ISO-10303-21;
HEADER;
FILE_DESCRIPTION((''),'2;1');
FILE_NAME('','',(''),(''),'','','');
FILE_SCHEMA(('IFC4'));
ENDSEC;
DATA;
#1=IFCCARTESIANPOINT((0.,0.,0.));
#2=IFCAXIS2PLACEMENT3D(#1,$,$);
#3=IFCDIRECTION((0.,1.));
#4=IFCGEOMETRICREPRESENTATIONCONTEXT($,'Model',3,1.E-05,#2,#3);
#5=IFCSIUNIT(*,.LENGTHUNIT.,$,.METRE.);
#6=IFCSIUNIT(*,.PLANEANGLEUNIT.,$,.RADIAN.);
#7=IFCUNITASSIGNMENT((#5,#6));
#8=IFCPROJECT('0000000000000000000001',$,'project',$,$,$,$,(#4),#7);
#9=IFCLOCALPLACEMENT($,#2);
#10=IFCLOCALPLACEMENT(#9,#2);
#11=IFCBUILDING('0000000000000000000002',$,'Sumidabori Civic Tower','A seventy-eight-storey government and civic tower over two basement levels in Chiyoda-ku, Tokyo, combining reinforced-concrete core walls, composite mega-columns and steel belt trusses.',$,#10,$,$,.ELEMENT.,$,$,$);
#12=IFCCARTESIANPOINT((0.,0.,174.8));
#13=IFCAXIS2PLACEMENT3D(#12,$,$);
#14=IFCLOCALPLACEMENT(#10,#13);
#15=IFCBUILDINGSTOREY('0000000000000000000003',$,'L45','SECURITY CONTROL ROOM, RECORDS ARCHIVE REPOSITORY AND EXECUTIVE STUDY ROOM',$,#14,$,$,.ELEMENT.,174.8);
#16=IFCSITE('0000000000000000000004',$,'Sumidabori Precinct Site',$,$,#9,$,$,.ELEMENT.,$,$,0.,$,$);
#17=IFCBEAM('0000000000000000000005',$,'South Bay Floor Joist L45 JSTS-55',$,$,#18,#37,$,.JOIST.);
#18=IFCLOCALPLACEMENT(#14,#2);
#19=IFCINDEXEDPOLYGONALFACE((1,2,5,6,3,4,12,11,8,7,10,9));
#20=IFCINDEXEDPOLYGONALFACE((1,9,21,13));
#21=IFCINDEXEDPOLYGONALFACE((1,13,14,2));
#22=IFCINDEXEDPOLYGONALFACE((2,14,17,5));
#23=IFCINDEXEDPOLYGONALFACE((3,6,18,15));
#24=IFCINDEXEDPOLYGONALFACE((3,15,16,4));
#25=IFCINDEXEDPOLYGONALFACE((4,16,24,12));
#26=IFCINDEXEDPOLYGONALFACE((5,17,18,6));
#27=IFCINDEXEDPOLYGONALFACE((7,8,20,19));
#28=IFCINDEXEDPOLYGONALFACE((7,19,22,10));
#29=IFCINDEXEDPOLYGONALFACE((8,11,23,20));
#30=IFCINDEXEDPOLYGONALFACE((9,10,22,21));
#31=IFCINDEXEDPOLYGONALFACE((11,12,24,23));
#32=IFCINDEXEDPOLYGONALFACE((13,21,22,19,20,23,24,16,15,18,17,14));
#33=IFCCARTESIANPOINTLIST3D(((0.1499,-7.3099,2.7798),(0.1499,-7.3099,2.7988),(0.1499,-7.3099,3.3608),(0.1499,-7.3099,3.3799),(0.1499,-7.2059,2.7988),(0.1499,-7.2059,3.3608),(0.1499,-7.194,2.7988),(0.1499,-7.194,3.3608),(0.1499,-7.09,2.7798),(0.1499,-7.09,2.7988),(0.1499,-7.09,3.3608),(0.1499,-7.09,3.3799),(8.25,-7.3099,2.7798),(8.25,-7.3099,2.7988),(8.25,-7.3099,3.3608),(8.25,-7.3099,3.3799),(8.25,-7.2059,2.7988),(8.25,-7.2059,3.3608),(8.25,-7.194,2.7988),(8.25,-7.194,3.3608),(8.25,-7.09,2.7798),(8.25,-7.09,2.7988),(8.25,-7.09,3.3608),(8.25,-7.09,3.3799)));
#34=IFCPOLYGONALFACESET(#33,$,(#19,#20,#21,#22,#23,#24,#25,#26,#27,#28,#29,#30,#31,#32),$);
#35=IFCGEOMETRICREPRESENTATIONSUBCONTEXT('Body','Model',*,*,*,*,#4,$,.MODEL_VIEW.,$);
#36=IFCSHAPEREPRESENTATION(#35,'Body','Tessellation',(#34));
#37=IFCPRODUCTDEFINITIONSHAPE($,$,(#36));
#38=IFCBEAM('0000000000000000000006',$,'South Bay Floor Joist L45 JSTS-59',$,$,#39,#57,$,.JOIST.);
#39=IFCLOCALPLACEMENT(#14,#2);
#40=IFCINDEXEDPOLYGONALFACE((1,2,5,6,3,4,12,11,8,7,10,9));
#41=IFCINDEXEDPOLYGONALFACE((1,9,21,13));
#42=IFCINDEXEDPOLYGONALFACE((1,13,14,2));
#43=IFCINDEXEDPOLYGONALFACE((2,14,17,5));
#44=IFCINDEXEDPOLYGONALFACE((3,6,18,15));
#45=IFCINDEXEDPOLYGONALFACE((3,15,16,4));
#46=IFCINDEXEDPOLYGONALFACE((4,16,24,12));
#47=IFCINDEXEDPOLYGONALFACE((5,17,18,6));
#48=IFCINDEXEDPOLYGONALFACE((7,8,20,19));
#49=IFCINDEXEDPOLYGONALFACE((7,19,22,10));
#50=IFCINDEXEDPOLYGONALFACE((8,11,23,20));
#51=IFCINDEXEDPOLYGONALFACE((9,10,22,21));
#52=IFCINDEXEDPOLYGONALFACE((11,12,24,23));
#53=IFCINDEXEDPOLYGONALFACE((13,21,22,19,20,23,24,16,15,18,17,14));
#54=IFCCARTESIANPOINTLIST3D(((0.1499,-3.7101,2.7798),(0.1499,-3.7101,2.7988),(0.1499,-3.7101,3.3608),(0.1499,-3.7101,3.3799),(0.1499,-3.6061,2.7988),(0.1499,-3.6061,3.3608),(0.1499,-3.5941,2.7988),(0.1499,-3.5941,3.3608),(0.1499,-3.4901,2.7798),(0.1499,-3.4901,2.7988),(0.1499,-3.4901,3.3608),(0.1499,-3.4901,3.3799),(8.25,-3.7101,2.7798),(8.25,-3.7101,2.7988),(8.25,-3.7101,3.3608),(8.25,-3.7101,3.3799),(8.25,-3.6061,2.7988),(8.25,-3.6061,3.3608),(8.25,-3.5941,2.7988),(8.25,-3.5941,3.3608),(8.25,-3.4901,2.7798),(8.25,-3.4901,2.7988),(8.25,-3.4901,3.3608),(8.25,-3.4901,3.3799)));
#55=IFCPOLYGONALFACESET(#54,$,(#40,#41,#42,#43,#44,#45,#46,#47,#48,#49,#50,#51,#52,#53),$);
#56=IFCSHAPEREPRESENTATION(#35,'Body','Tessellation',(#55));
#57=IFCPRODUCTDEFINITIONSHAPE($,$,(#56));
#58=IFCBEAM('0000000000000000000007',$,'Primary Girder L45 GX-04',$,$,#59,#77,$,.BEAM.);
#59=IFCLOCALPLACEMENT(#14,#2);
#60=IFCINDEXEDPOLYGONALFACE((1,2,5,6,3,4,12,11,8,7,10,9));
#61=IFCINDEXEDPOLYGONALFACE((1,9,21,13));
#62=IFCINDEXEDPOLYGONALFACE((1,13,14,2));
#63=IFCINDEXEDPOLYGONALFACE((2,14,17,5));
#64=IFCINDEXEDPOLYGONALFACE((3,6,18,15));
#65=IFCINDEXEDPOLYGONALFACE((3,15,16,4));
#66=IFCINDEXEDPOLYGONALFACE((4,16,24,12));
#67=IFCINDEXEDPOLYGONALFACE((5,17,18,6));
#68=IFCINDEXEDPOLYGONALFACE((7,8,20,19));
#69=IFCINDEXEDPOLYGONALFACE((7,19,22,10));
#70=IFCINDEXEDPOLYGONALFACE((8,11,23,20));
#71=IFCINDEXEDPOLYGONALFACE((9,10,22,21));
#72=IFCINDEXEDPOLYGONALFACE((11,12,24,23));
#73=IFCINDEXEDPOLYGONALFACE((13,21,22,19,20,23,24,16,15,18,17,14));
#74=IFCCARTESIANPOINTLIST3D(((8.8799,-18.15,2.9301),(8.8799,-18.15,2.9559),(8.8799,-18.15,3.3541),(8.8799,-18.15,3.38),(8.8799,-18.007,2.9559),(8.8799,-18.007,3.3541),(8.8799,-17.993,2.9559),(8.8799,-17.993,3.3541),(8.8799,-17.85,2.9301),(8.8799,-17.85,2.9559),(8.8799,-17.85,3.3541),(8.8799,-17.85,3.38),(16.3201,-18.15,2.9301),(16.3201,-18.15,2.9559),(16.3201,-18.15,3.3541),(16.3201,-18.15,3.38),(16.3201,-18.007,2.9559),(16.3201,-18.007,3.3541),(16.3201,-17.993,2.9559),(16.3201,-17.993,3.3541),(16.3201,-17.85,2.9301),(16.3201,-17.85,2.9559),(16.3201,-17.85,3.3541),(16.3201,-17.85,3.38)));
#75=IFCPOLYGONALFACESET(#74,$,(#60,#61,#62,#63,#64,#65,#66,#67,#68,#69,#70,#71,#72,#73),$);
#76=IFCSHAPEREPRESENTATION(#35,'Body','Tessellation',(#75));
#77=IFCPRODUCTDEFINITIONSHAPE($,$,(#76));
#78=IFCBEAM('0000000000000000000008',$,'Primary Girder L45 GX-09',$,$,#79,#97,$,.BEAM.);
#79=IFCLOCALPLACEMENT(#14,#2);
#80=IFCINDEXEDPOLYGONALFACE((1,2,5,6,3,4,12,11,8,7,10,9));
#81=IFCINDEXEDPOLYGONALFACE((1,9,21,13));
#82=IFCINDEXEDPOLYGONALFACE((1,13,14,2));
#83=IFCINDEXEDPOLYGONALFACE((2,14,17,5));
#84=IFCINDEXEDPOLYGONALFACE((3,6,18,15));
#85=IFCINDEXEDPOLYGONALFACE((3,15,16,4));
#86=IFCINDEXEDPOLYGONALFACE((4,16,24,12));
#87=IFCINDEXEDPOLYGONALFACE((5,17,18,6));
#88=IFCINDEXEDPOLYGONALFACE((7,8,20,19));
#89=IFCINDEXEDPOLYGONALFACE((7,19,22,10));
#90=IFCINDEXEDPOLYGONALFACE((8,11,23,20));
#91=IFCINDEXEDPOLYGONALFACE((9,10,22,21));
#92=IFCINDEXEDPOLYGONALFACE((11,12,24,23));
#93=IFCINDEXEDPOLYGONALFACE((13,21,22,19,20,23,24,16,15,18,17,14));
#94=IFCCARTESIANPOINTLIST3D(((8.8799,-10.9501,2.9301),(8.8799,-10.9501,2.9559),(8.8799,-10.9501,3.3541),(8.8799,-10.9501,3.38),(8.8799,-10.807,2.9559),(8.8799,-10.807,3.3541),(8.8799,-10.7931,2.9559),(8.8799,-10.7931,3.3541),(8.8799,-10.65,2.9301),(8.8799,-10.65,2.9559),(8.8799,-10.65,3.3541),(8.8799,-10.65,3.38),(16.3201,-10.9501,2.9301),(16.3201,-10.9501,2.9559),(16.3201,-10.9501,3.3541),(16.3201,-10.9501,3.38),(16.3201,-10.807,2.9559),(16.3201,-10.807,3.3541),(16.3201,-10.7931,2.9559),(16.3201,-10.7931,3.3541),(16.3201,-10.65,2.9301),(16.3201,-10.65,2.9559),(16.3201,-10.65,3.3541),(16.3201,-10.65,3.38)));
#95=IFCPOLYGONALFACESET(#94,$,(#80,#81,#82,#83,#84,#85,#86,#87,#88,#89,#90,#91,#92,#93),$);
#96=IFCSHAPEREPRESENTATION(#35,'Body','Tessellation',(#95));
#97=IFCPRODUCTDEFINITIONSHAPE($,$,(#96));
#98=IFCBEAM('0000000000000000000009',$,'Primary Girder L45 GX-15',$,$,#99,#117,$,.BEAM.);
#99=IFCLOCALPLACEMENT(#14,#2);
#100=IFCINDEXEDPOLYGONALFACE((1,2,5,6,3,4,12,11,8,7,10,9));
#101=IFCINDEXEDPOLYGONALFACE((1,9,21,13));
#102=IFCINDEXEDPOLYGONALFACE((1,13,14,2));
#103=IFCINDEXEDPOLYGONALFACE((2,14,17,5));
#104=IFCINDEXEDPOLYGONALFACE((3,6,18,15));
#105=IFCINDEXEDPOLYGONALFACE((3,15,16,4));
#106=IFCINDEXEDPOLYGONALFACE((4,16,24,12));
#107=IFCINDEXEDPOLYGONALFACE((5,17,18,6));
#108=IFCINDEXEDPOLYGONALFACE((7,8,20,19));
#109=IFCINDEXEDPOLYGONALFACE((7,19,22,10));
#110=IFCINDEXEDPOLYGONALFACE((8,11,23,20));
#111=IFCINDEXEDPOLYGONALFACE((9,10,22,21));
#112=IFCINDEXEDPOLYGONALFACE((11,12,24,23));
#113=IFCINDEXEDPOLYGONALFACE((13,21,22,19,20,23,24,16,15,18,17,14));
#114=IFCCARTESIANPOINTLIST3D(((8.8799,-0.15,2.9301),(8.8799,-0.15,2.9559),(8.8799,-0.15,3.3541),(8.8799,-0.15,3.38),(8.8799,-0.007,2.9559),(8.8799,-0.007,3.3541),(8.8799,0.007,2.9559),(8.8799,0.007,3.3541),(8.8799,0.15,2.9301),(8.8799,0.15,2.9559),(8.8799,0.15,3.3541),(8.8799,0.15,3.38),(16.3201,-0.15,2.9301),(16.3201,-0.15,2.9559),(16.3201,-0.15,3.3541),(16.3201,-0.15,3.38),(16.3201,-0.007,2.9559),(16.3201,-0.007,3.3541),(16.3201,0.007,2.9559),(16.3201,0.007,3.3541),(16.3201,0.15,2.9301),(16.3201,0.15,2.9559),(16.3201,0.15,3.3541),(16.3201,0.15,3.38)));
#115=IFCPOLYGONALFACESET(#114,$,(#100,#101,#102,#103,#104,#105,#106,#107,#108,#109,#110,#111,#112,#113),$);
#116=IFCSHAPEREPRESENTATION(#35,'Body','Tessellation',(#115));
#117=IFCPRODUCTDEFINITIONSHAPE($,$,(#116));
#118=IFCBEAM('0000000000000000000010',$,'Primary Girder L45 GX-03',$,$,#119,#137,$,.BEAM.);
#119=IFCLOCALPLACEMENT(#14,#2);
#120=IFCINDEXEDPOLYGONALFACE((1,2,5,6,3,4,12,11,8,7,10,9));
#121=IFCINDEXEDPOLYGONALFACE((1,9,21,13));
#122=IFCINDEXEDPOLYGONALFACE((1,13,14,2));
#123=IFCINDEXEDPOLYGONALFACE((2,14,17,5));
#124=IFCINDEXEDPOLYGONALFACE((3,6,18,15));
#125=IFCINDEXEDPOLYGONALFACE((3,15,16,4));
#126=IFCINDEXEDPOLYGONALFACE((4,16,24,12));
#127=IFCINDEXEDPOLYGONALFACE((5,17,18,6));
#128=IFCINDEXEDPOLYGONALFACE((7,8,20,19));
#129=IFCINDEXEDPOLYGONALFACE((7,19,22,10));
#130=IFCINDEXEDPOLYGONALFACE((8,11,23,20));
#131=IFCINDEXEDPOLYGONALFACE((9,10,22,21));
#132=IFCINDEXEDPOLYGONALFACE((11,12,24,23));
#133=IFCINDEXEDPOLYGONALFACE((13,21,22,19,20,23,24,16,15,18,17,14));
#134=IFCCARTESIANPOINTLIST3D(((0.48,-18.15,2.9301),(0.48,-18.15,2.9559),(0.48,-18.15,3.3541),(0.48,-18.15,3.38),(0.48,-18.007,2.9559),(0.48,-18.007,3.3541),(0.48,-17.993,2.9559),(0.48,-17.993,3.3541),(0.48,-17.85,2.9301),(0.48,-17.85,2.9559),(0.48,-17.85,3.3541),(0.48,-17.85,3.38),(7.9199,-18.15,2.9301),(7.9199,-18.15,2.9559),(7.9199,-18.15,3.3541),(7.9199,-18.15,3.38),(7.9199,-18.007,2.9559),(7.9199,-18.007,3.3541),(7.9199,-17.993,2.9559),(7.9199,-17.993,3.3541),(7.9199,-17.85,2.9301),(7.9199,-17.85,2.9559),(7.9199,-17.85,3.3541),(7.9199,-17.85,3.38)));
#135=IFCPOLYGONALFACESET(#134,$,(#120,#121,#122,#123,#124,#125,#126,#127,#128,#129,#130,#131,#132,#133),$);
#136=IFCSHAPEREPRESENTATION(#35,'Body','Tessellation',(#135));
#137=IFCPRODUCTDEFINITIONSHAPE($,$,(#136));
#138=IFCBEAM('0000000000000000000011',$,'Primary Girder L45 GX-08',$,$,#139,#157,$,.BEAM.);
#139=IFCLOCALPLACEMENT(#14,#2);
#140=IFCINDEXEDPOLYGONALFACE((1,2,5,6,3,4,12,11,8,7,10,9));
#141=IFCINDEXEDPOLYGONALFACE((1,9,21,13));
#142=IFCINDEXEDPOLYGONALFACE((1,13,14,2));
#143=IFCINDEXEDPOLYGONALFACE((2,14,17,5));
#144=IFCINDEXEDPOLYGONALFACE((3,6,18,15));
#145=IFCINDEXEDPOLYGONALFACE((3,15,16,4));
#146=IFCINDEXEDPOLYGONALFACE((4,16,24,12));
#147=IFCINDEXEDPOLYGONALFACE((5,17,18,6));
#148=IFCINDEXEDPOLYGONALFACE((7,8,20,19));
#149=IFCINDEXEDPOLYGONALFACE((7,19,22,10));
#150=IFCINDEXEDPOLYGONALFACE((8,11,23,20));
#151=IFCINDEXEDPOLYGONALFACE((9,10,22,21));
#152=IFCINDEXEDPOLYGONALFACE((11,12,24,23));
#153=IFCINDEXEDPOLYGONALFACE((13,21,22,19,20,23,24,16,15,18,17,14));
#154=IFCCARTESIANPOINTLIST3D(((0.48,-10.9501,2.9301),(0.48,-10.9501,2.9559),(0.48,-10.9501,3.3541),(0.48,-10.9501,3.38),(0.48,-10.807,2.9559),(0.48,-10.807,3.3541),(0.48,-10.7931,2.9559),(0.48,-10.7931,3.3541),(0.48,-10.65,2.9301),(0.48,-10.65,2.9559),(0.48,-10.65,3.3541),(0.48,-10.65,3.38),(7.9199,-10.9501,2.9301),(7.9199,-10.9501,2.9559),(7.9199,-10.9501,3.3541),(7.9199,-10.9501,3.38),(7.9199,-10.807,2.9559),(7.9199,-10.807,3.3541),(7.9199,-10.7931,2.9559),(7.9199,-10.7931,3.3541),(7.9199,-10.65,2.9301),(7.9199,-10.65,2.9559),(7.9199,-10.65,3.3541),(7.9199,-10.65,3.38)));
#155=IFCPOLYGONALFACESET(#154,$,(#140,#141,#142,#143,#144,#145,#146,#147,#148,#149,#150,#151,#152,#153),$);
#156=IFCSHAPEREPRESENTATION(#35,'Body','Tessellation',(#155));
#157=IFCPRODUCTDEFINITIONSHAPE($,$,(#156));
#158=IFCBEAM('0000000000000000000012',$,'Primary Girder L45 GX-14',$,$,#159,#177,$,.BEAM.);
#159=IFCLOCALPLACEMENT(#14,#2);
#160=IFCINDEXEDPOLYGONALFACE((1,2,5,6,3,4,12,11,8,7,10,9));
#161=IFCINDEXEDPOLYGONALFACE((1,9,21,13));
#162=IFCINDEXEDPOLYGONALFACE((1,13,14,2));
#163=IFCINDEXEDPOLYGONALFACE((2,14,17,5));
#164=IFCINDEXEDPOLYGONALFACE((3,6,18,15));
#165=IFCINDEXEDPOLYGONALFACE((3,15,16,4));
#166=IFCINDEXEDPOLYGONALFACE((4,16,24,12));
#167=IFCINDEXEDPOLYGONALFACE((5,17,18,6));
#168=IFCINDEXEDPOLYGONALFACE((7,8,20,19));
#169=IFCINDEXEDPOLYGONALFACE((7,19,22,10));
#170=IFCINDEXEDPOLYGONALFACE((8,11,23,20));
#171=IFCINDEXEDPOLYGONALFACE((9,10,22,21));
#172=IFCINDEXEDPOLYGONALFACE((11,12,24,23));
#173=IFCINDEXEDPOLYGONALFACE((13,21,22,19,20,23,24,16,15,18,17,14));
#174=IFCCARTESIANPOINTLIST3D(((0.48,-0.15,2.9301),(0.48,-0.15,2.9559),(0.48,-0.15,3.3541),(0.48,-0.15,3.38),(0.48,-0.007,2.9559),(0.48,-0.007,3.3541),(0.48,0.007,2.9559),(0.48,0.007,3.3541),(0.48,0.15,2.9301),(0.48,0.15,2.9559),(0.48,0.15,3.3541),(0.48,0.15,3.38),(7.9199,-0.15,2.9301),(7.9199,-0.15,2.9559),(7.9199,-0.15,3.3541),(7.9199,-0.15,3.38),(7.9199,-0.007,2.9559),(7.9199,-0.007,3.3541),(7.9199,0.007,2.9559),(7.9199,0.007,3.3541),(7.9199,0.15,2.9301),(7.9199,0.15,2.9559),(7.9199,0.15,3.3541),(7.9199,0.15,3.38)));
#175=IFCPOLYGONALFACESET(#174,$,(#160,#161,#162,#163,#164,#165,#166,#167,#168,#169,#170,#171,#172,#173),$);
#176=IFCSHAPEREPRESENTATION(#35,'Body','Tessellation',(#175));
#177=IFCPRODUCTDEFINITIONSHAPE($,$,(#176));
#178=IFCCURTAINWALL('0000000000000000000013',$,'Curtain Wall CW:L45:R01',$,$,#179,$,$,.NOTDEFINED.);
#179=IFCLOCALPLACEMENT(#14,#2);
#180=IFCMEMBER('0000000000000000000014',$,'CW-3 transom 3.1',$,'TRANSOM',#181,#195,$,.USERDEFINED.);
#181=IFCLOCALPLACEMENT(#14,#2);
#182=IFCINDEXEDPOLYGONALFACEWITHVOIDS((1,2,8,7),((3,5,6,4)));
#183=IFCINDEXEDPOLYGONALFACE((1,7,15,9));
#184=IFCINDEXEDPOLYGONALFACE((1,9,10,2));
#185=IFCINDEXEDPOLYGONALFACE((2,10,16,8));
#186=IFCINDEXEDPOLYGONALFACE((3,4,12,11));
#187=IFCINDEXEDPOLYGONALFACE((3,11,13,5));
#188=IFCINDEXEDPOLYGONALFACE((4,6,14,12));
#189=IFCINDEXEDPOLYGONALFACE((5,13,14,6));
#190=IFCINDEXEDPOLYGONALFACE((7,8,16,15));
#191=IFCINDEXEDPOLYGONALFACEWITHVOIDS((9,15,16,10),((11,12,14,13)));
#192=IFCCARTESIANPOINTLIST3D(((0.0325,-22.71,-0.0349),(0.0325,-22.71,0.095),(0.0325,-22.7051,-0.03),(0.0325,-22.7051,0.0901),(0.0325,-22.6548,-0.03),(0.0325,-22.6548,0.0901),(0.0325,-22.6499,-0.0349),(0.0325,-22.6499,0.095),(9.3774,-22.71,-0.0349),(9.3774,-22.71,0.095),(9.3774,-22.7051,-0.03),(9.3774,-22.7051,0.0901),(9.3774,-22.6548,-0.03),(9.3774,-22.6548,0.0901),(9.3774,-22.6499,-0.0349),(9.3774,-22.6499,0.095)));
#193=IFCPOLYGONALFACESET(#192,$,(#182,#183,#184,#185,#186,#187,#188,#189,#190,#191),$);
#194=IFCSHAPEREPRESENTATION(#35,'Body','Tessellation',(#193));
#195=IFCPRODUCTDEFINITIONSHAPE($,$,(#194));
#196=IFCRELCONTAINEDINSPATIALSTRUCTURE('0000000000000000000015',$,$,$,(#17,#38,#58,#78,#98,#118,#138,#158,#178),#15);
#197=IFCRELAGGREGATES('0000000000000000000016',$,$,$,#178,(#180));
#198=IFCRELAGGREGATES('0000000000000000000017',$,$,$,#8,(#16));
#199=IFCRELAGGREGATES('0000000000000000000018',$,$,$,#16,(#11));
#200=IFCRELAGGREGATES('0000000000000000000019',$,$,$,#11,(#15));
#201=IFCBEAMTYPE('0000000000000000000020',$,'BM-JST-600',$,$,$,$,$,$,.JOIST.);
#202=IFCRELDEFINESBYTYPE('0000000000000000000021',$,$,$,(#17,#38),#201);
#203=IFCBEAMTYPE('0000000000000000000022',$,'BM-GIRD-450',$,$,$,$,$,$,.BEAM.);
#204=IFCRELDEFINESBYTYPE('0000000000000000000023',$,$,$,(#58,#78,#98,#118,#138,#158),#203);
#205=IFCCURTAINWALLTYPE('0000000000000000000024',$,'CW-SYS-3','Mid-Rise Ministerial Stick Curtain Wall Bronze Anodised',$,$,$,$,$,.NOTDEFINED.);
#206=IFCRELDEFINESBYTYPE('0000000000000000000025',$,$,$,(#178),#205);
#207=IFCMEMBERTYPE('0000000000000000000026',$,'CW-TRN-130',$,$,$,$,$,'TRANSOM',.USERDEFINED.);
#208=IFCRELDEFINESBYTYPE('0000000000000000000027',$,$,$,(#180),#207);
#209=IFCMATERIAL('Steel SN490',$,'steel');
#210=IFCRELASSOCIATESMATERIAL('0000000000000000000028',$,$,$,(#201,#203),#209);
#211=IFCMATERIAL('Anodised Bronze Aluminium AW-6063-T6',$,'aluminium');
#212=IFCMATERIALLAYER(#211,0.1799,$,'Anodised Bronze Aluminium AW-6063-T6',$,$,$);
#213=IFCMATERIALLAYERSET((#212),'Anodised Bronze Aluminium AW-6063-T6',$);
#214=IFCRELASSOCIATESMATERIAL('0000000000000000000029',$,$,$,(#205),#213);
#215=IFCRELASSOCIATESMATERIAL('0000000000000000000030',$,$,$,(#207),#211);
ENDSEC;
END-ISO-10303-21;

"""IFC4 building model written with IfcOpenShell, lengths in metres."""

from ifc_helpers import new_model, si_unit, direction, frame, origin, origin_2d, place, context, subcontext, project, spatial, hollow_rectangle, i_section, extrude, source, transform, mapped, material, layer, layer_set, material_profile, profile_set, type_object, element, aggregate, save


model = new_model("IFC4")

# Units and contexts
model_context = context("Model", 3, precision=1e-05, world=origin(), true_north=direction((0.0, 1.0)))
body_context = subcontext(model_context, "Body", "Model", "MODEL_VIEW")
ifc_project = project(units=[si_unit("LENGTHUNIT", "METRE"), si_unit("PLANEANGLEUNIT", "RADIAN")], contexts=[model_context])

# Site, building, storey
site_placement = place(None, origin())
site = spatial("IfcSite", under=ifc_project, at=site_placement, Name="Sumidabori Precinct Site", CompositionType="ELEMENT", RefElevation=0.0)
building_placement = place(site_placement, origin())
building = spatial("IfcBuilding", under=site, at=building_placement, Name="Sumidabori Civic Tower", Description="A seventy-eight-storey government and civic tower over two basement levels in Chiyoda-ku, Tokyo, combining reinforced-concrete core walls, composite mega-columns and steel belt trusses.", CompositionType="ELEMENT")
storey_placement = place(building_placement, frame((0.0, 0.0, 174.8)))
storey = spatial("IfcBuildingStorey", under=building, at=storey_placement, Name="L45", Description="SECURITY CONTROL ROOM, RECORDS ARCHIVE REPOSITORY AND EXECUTIVE STUDY ROOM", CompositionType="ELEMENT", Elevation=174.8)

# Beams
ifc_material_1 = material(Name="Steel SN490", Category="steel")
ifc_material_profile_1 = material_profile(ifc_material_1, i_section(OverallWidth=0.22, OverallDepth=0.6001, WebThickness=0.012, FlangeThickness=0.019, at=origin_2d()), Name="IPE 600")
ifc_profile_set_1 = profile_set([ifc_material_profile_1], Name="Steel SN490")
beam_type_1 = type_object("IfcBeamType", Name="BM-JST-600", PredefinedType="JOIST", material=ifc_profile_set_1)
shared_shape_1 = source(origin(), body_context, "Body", "SweptSolid", [
    extrude(i_section(OverallWidth=0.22, OverallDepth=0.6001, WebThickness=0.012, FlangeThickness=0.019, at=origin_2d()), origin(), (0.0, 0.0, 1.0), 8.1001),
])
for number, where, z_axis, x_axis, name in (
    (1, (0.1499, -7.2, 3.0798), (1.0, 0.0, 0.0), (0.0, 1.0, 0.0), "South Bay Floor Joist L45 JSTS-55"),
    (2, (0.1499, -3.6001, 3.0798), (1.0, 0.0, 0.0), (0.0, 1.0, 0.0), "South Bay Floor Joist L45 JSTS-59"),
):
    element("IfcBeam", number, at=place(storey_placement, frame(where, z_axis=z_axis, x_axis=x_axis)), inside=storey, type_object=beam_type_1, Name=name, PredefinedType="JOIST", context=body_context, shape_type="MappedRepresentation", body=[
        mapped(shared_shape_1, transform((0.0, 0.0, 0.0), x_axis=(1.0, 0.0, 0.0), y_axis=(0.0, 1.0, 0.0), z_axis=(0.0, 0.0, 1.0), scale=1.0)),
    ])
ifc_material_profile_2 = material_profile(ifc_material_1, i_section(OverallWidth=0.3, OverallDepth=0.45, WebThickness=0.0139, FlangeThickness=0.0259, at=origin_2d()), Name="HE 450 B")
ifc_profile_set_2 = profile_set([ifc_material_profile_2], Name="Steel SN490")
beam_type_2 = type_object("IfcBeamType", Name="BM-GIRD-450", PredefinedType="BEAM", material=ifc_profile_set_2)
shared_shape_2 = source(origin(), body_context, "Body", "SweptSolid", [
    extrude(i_section(OverallWidth=0.3, OverallDepth=0.45, WebThickness=0.0139, FlangeThickness=0.0259, at=origin_2d()), origin(), (0.0, 0.0, 1.0), 7.4402),
])
for number, where, z_axis, x_axis, name in (
    (3, (8.8799, -18.0, 3.155), (1.0, 0.0, 0.0), (0.0, 1.0, 0.0), "Primary Girder L45 GX-04"),
    (4, (8.8799, -10.8, 3.155), (1.0, 0.0, 0.0), (0.0, 1.0, 0.0), "Primary Girder L45 GX-09"),
    (5, (8.8799, 0.0, 3.155), (1.0, 0.0, 0.0), (0.0, 1.0, 0.0), "Primary Girder L45 GX-15"),
):
    element("IfcBeam", number, at=place(storey_placement, frame(where, z_axis=z_axis, x_axis=x_axis)), inside=storey, type_object=beam_type_2, Name=name, PredefinedType="BEAM", context=body_context, shape_type="MappedRepresentation", body=[
        mapped(shared_shape_2, transform((0.0, 0.0, 0.0), x_axis=(1.0, 0.0, 0.0), y_axis=(0.0, 1.0, 0.0), z_axis=(0.0, 0.0, 1.0), scale=1.0)),
    ])
shared_shape_3 = source(origin(), body_context, "Body", "SweptSolid", [
    extrude(i_section(OverallWidth=0.3, OverallDepth=0.45, WebThickness=0.0139, FlangeThickness=0.0259, at=origin_2d()), origin(), (0.0, 0.0, 1.0), 7.4399),
])
for number, where, z_axis, x_axis, name in (
    (6, (0.48, -18.0, 3.155), (1.0, 0.0, 0.0), (0.0, 1.0, 0.0), "Primary Girder L45 GX-03"),
    (7, (0.48, -10.8, 3.155), (1.0, 0.0, 0.0), (0.0, 1.0, 0.0), "Primary Girder L45 GX-08"),
    (8, (0.48, 0.0, 3.155), (1.0, 0.0, 0.0), (0.0, 1.0, 0.0), "Primary Girder L45 GX-14"),
):
    element("IfcBeam", number, at=place(storey_placement, frame(where, z_axis=z_axis, x_axis=x_axis)), inside=storey, type_object=beam_type_2, Name=name, PredefinedType="BEAM", context=body_context, shape_type="MappedRepresentation", body=[
        mapped(shared_shape_3, transform((0.0, 0.0, 0.0), x_axis=(1.0, 0.0, 0.0), y_axis=(0.0, 1.0, 0.0), z_axis=(0.0, 0.0, 1.0), scale=1.0)),
    ])

# Curtain wall, member
ifc_material_2 = material(Name="Anodised Bronze Aluminium AW-6063-T6", Category="aluminium")
ifc_layer_1 = layer(ifc_material_2, 0.1799, Name="Anodised Bronze Aluminium AW-6063-T6")
ifc_layer_set_1 = layer_set([ifc_layer_1], Name="Anodised Bronze Aluminium AW-6063-T6")
curtain_wall_type = type_object("IfcCurtainWallType", Name="CW-SYS-3", Description="Mid-Rise Ministerial Stick Curtain Wall Bronze Anodised", PredefinedType="NOTDEFINED", material=ifc_layer_set_1)
curtain_wall_placement = place(storey_placement, origin())
curtain_wall = element("IfcCurtainWall", 9, at=curtain_wall_placement, inside=storey, type_object=curtain_wall_type, Name="Curtain Wall CW:L45:R01", PredefinedType="NOTDEFINED")
ifc_material_profile_3 = material_profile(ifc_material_2, hollow_rectangle(XDim=0.0601, YDim=0.1299, WallThickness=0.0049, at=origin_2d()), Name="ALU TRANSOM 130x60")
ifc_profile_set_3 = profile_set([ifc_material_profile_3], Name="Anodised Bronze Aluminium AW-6063-T6")
member_type = type_object("IfcMemberType", Name="CW-TRN-130", ElementType="TRANSOM", PredefinedType="USERDEFINED", material=ifc_profile_set_3)
shared_shape_4 = source(origin(), body_context, "Body", "SweptSolid", [
    extrude(hollow_rectangle(XDim=0.0601, YDim=0.1299, WallThickness=0.0049, at=origin_2d()), origin(), (0.0, 0.0, 1.0), 9.345),
])
member_1_placement = place(storey_placement, frame((0.0325, -22.6799, 0.03), z_axis=(1.0, 0.0, 0.0), x_axis=(0.0, 1.0, 0.0)))
member_1 = element("IfcMember", 10, at=member_1_placement, type_object=member_type, Name="CW-3 transom 3.1", ObjectType="TRANSOM", PredefinedType="USERDEFINED", context=body_context, shape_type="MappedRepresentation", body=[
    mapped(shared_shape_4, transform((0.0, 0.0, 0.0), x_axis=(1.0, 0.0, 0.0), y_axis=(0.0, 1.0, 0.0), z_axis=(0.0, 0.0, 1.0), scale=1.0)),
])
aggregate(curtain_wall, [member_1])

save(model, "model.ifc")
